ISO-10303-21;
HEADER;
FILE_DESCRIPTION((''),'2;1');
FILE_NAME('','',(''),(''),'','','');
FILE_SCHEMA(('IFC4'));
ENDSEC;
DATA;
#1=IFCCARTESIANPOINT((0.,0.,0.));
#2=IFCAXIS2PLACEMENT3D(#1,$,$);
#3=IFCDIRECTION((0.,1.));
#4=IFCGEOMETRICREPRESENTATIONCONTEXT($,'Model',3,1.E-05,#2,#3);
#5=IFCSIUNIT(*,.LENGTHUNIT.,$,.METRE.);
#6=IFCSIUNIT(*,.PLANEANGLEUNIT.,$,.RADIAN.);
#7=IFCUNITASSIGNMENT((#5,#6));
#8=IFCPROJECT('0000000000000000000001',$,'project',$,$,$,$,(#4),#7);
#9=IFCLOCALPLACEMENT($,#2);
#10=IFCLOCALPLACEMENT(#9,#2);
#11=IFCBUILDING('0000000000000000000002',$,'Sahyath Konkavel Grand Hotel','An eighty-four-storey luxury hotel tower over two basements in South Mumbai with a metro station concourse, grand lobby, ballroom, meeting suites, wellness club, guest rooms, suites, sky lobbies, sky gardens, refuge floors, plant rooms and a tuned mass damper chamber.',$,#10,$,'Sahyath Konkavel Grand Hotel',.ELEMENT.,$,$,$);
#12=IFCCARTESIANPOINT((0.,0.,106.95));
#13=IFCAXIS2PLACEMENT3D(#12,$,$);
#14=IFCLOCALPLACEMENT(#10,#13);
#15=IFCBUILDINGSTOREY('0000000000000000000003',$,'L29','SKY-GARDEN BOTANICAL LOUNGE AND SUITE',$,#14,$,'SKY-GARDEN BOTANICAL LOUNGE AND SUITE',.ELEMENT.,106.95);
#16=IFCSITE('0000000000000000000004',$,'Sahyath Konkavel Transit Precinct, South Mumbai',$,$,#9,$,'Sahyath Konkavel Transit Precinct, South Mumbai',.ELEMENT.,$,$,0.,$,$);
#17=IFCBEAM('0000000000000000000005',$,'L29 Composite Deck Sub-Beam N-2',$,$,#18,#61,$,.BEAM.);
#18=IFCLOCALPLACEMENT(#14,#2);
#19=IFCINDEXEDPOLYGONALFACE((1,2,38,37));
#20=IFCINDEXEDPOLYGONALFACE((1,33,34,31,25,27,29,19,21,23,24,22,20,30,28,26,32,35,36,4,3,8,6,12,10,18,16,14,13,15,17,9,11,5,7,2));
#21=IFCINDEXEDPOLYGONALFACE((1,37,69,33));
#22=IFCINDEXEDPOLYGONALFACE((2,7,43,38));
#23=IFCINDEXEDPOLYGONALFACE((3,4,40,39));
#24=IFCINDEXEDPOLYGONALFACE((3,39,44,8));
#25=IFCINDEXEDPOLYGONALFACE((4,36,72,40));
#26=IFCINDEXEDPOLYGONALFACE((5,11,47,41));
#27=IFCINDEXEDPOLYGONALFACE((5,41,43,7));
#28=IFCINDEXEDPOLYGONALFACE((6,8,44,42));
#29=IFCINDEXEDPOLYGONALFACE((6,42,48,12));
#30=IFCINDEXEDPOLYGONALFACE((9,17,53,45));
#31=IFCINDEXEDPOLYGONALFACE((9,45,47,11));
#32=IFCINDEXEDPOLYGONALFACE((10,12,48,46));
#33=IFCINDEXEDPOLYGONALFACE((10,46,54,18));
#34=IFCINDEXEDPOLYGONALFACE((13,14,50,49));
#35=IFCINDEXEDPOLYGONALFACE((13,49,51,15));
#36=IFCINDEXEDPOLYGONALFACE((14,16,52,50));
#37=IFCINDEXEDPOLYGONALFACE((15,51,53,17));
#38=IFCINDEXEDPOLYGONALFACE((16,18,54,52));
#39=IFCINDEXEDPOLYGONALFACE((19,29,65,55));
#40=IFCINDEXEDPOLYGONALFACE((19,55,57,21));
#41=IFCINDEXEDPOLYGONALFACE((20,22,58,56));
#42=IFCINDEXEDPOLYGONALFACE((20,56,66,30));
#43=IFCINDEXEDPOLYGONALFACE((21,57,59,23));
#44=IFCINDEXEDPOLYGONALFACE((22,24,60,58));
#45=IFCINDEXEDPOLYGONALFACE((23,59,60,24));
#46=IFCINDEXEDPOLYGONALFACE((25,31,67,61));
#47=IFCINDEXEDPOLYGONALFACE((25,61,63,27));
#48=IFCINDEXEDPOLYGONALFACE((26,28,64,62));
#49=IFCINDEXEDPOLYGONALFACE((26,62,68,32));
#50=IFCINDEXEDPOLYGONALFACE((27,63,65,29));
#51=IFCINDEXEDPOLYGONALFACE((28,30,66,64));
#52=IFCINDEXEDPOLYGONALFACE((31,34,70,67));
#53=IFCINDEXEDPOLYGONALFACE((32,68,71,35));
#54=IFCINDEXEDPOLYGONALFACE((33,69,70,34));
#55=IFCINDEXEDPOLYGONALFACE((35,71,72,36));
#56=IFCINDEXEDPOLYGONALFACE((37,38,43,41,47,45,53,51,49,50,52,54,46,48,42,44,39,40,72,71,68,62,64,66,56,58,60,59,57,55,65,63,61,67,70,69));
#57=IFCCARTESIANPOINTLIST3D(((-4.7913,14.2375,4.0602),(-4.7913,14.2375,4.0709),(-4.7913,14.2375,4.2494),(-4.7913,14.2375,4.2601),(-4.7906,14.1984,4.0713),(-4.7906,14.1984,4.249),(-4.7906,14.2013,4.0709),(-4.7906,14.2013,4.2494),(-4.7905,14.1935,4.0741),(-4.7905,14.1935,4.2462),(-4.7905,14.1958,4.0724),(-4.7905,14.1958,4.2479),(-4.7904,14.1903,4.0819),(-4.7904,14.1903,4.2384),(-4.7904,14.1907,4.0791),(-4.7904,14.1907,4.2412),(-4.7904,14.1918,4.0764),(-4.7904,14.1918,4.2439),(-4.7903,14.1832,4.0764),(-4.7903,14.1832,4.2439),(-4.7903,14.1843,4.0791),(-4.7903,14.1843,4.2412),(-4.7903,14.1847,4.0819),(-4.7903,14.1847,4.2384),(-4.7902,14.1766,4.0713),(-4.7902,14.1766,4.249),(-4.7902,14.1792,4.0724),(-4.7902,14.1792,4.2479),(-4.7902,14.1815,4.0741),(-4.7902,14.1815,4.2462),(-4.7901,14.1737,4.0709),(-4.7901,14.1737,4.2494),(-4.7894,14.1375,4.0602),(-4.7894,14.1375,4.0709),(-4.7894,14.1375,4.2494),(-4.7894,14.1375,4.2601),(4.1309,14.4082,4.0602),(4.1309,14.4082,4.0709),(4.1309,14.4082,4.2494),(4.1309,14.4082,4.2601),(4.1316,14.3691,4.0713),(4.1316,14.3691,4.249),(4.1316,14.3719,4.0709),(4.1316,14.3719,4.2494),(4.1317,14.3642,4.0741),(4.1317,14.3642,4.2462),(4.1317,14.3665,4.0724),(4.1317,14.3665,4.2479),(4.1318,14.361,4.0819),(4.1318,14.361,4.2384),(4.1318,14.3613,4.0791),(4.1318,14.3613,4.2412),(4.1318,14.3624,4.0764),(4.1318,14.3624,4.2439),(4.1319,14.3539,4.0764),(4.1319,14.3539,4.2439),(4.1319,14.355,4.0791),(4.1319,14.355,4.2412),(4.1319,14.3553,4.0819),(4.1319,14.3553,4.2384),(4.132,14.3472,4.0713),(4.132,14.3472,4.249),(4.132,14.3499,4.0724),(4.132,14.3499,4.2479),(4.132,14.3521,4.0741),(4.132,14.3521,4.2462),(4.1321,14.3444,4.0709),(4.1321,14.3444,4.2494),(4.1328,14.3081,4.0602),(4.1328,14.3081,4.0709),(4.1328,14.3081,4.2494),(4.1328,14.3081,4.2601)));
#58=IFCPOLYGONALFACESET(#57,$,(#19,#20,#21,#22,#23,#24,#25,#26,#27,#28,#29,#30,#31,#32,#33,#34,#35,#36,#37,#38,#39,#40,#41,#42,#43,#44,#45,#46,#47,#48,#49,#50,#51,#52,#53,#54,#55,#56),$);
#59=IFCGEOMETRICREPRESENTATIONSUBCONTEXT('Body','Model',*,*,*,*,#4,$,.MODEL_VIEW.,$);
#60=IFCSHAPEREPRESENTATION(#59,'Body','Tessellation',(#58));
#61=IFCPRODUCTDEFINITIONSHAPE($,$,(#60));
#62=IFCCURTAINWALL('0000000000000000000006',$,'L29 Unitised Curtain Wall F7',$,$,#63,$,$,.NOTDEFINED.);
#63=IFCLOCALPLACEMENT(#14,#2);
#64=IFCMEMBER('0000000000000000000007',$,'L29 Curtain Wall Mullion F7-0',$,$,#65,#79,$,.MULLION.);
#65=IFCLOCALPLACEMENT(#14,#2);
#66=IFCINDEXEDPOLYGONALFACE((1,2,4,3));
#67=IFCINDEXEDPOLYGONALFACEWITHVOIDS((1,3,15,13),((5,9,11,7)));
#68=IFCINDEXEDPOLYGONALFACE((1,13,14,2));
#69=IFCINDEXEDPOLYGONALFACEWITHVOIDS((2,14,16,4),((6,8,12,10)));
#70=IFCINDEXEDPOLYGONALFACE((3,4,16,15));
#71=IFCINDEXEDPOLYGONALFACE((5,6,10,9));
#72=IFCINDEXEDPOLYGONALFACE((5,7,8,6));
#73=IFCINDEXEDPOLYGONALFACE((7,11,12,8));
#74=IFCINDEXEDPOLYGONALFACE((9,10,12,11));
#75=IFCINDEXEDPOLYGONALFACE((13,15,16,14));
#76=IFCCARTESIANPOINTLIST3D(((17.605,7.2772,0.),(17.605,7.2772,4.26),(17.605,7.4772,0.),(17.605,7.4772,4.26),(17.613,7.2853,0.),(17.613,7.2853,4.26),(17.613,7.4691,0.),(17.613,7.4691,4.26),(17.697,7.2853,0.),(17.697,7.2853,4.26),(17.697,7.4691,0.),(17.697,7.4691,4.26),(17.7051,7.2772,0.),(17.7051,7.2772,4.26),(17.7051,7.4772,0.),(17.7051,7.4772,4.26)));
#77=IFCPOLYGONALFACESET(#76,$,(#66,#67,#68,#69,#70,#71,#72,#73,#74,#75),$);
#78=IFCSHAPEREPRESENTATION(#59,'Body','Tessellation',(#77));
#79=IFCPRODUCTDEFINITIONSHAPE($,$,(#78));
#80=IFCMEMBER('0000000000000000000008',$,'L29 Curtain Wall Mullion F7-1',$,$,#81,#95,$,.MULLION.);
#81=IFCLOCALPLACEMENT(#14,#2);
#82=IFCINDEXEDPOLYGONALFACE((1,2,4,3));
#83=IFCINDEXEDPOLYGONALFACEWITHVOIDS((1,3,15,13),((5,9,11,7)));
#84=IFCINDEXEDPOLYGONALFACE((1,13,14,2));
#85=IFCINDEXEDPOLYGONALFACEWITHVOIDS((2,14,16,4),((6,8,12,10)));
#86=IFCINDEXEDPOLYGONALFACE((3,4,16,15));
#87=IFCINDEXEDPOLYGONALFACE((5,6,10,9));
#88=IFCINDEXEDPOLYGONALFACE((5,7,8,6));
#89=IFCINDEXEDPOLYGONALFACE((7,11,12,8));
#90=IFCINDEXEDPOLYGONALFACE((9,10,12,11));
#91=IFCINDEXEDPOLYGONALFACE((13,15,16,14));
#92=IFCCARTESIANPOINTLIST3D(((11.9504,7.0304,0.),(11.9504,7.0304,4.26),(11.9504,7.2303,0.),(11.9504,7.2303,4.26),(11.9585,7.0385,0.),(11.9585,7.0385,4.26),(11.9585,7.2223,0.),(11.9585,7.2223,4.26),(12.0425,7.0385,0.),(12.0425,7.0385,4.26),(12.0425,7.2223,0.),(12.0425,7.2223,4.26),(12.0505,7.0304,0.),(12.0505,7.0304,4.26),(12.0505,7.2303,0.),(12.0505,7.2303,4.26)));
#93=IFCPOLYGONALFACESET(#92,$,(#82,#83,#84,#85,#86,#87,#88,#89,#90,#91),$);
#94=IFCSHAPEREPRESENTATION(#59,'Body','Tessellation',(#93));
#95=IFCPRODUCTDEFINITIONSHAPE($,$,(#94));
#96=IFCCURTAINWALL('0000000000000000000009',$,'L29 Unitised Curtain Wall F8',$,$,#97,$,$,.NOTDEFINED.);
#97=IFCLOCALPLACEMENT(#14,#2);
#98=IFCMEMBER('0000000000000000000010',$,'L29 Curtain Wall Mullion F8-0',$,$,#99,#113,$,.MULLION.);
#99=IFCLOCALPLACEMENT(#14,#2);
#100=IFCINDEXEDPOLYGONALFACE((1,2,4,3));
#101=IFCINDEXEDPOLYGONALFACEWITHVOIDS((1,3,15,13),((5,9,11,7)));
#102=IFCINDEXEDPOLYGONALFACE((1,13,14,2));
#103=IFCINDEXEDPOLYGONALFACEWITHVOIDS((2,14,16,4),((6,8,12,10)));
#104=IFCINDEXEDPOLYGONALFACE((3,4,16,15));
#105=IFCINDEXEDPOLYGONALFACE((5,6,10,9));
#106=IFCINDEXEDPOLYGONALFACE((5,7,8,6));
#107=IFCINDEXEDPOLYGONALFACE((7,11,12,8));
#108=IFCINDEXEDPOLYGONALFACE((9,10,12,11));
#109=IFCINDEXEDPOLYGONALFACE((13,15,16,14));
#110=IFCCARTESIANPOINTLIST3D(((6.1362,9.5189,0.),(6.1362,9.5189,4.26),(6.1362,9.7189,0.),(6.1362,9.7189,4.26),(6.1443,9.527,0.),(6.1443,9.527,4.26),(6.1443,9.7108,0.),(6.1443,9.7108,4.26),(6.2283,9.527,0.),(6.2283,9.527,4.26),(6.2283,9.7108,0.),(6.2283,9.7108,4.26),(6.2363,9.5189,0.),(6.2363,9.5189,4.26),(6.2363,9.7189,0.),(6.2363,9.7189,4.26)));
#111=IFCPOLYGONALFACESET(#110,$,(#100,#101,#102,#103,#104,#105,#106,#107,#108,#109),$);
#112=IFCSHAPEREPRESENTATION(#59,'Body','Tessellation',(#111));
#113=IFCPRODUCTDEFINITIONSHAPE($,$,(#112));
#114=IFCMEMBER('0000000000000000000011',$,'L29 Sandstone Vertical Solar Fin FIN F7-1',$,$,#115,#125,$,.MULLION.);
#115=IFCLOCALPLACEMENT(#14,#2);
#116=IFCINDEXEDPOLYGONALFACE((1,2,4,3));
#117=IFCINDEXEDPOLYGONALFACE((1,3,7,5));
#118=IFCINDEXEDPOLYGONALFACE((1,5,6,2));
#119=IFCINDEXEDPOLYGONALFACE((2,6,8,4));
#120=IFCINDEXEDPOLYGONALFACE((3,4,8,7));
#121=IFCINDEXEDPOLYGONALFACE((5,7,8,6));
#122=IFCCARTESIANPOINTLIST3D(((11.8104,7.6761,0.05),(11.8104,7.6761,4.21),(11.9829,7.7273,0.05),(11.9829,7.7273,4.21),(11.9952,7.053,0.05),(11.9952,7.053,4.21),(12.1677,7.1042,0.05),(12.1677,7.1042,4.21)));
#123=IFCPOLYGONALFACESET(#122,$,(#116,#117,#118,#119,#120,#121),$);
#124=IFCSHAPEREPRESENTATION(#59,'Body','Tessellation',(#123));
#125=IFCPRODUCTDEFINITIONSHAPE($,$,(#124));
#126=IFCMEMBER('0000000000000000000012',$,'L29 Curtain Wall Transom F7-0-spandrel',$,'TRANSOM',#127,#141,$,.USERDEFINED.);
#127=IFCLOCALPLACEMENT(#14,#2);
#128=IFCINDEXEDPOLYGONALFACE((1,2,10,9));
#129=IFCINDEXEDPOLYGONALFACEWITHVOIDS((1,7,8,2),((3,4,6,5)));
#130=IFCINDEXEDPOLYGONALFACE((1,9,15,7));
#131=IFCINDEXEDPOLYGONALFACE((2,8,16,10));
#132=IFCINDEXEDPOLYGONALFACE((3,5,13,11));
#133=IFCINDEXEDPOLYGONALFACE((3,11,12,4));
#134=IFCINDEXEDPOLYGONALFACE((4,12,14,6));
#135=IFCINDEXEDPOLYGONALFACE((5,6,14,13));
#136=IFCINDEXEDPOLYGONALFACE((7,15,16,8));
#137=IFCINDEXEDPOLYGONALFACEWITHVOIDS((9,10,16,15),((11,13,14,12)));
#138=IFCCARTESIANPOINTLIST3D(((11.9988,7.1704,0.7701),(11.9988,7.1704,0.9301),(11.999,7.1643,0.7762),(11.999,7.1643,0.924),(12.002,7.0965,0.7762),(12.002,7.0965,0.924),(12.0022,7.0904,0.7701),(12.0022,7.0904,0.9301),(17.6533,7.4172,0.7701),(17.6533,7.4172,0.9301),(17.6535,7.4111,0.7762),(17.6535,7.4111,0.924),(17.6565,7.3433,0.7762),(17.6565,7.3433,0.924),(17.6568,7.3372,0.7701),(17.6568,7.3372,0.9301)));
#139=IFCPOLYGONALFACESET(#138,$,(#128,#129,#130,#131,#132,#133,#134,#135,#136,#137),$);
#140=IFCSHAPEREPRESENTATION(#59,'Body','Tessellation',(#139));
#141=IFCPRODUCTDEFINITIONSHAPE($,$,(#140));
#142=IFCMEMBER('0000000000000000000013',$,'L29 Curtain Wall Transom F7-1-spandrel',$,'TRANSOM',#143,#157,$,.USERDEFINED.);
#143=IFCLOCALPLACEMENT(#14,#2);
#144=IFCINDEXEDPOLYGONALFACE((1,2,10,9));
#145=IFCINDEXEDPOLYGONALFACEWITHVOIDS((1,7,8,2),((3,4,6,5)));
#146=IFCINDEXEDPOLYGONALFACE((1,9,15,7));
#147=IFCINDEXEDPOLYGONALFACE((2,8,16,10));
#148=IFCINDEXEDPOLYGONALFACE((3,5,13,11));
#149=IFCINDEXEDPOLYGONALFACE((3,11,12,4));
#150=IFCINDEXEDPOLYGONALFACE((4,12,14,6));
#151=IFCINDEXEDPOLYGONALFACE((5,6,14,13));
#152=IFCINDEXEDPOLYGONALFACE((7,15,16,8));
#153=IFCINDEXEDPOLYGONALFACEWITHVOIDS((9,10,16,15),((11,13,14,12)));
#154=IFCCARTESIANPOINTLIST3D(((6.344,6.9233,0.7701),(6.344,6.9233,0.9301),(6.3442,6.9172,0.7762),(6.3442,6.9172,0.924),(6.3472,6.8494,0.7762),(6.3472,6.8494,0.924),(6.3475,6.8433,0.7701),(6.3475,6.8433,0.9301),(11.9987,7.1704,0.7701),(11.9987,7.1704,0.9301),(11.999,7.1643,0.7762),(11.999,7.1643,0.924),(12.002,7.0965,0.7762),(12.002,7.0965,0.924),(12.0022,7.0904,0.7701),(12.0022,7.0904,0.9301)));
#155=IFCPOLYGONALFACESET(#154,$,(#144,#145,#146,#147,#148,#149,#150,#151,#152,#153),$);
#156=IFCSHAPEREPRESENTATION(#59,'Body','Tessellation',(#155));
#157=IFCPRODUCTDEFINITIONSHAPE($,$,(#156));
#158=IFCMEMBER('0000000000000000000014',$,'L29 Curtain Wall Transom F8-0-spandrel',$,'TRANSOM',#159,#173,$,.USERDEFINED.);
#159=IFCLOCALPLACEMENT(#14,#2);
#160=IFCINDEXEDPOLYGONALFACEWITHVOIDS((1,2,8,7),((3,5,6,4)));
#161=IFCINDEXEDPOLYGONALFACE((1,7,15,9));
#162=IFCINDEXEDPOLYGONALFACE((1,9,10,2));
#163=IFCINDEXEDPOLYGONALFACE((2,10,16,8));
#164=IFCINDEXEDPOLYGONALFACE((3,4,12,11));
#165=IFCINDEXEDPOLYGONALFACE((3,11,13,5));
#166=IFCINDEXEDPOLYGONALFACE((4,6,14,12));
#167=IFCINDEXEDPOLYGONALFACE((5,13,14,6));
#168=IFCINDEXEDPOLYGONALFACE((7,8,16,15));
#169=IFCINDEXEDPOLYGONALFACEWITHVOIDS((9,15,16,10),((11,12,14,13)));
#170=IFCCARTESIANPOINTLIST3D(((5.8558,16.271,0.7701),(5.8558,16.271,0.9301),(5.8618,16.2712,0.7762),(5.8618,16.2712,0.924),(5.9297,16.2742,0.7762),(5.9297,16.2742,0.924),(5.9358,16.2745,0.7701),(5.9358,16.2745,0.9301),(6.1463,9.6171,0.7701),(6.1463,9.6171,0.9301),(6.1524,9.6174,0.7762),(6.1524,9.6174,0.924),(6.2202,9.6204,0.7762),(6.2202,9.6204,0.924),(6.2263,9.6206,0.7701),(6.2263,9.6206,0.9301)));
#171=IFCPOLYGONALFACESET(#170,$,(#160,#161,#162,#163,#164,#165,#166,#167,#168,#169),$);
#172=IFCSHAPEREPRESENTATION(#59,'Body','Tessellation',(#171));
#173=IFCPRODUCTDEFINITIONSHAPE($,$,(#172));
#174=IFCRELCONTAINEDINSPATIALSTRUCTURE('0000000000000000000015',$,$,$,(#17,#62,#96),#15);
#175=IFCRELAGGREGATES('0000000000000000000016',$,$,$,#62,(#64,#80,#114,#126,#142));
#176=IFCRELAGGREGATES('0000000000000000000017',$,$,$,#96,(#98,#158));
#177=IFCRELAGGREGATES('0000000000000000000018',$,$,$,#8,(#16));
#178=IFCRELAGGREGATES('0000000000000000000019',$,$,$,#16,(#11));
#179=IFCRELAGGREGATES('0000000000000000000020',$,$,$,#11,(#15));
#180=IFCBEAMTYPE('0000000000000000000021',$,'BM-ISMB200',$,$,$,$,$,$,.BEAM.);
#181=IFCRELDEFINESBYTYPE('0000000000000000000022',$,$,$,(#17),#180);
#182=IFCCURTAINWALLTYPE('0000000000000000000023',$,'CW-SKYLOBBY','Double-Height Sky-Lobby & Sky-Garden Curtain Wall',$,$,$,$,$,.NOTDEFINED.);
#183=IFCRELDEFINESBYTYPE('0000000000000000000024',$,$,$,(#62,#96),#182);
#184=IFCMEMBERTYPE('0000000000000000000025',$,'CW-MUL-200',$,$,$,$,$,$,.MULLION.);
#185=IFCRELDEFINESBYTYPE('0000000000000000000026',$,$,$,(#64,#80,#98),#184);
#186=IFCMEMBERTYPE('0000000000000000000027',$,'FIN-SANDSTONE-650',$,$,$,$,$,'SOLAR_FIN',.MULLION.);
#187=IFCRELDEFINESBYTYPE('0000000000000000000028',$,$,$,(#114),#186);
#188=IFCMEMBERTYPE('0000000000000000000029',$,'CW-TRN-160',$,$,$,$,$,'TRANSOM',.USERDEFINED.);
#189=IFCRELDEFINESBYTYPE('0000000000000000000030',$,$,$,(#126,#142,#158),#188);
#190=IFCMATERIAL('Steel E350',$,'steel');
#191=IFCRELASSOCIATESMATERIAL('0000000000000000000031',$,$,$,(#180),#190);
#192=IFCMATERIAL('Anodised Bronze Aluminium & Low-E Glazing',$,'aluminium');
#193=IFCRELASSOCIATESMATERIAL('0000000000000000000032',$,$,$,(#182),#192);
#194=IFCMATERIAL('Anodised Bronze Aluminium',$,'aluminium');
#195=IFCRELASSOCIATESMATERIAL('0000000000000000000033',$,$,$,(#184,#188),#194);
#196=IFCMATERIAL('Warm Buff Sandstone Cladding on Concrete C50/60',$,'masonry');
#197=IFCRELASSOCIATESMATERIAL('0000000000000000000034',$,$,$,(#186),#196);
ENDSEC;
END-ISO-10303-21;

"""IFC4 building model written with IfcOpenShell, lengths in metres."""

from ifc_helpers import new_model, si_unit, direction, frame, origin, origin_2d, place, context, subcontext, project, spatial, rectangle, hollow_rectangle, i_section, extrude, source, transform, mapped, material, material_profile, profile_set, type_object, element, aggregate, save


model = new_model("IFC4")

# Units and contexts
model_context = context("Model", 3, precision=1e-05, world=origin(), true_north=direction((0.0, 1.0)))
body_context = subcontext(model_context, "Body", "Model", "MODEL_VIEW")
ifc_project = project(units=[si_unit("LENGTHUNIT", "METRE"), si_unit("PLANEANGLEUNIT", "RADIAN")], contexts=[model_context])

# Site, building, storey
site_placement = place(None, origin())
site = spatial("IfcSite", under=ifc_project, at=site_placement, Name="Sahyath Konkavel Transit Precinct, South Mumbai", LongName="Sahyath Konkavel Transit Precinct, South Mumbai", CompositionType="ELEMENT", RefElevation=0.0)
building_placement = place(site_placement, origin())
building = spatial("IfcBuilding", under=site, at=building_placement, Name="Sahyath Konkavel Grand Hotel", Description="An eighty-four-storey luxury hotel tower over two basements in South Mumbai with a metro station concourse, grand lobby, ballroom, meeting suites, wellness club, guest rooms, suites, sky lobbies, sky gardens, refuge floors, plant rooms and a tuned mass damper chamber.", LongName="Sahyath Konkavel Grand Hotel", CompositionType="ELEMENT")
storey_placement = place(building_placement, frame((0.0, 0.0, 106.95)))
storey = spatial("IfcBuildingStorey", under=building, at=storey_placement, Name="L29", Description="SKY-GARDEN BOTANICAL LOUNGE AND SUITE", LongName="SKY-GARDEN BOTANICAL LOUNGE AND SUITE", CompositionType="ELEMENT", Elevation=106.95)

# Beam
ifc_material_1 = material(Name="Steel E350", Category="steel")
ifc_material_profile_1 = material_profile(ifc_material_1, i_section(OverallWidth=0.1001, OverallDepth=0.2, WebThickness=0.0056, FlangeThickness=0.0107, FilletRadius=0.011, at=origin_2d()), Name="ISMB 200")
ifc_profile_set_1 = profile_set([ifc_material_profile_1], Name="Steel E350")
beam_type_1 = type_object("IfcBeamType", Name="BM-ISMB200", PredefinedType="BEAM", material=ifc_profile_set_1)
shared_shape_1 = source(origin(), body_context, "Body", "SweptSolid", [
    extrude(i_section(OverallWidth=0.1001, OverallDepth=0.2, WebThickness=0.0056, FlangeThickness=0.0107, FilletRadius=0.011, at=origin_2d()), origin(), (0.0, 0.0, 1.0), 8.9238),
])
beam_1_placement = place(storey_placement, frame((4.1318, 14.3582, 4.1602), z_axis=(-0.999817, -0.019124, 0.0), x_axis=(0.019124, -0.999817, 0.0)))
element("IfcBeam", 1, at=beam_1_placement, inside=storey, type_object=beam_type_1, Name="L29 Composite Deck Sub-Beam N-2", PredefinedType="BEAM", context=body_context, shape_type="MappedRepresentation", body=[
    mapped(shared_shape_1, transform((0.0, 0.0, 0.0), scale=1.0)),
])

# Curtain wall, members
ifc_material_2 = material(Name="Anodised Bronze Aluminium & Low-E Glazing", Category="aluminium")
curtain_wall_type = type_object("IfcCurtainWallType", Name="CW-SKYLOBBY", Description="Double-Height Sky-Lobby & Sky-Garden Curtain Wall", PredefinedType="NOTDEFINED", material=ifc_material_2)
curtain_wall_1_placement = place(storey_placement, origin())
curtain_wall_1 = element("IfcCurtainWall", 2, at=curtain_wall_1_placement, inside=storey, type_object=curtain_wall_type, Name="L29 Unitised Curtain Wall F7", PredefinedType="NOTDEFINED")
ifc_material_3 = material(Name="Anodised Bronze Aluminium", Category="aluminium")
ifc_material_profile_2 = material_profile(ifc_material_3, hollow_rectangle(XDim=0.1001, YDim=0.2, WallThickness=0.0081, at=origin_2d()), Name="RHS 200x100x8")
ifc_profile_set_2 = profile_set([ifc_material_profile_2], Name="Anodised Bronze Aluminium")
member_type_1 = type_object("IfcMemberType", Name="CW-MUL-200", PredefinedType="MULLION", material=ifc_profile_set_2)
shared_shape_2 = source(origin(), body_context, "Body", "SweptSolid", [
    extrude(hollow_rectangle(XDim=0.1001, YDim=0.2, WallThickness=0.0081, at=origin_2d()), origin(), (0.0, 0.0, 1.0), 4.26),
])
member_1_placement = place(storey_placement, frame((17.655, 7.3772, 0.0), z_axis=(0.0, 0.0, 1.0), x_axis=(1.0, 0.0, 0.0)))
member_1 = element("IfcMember", 3, at=member_1_placement, type_object=member_type_1, Name="L29 Curtain Wall Mullion F7-0", PredefinedType="MULLION", context=body_context, shape_type="MappedRepresentation", body=[
    mapped(shared_shape_2, transform((0.0, 0.0, 0.0), scale=1.0)),
])
member_2_placement = place(storey_placement, frame((12.0005, 7.1304, 0.0), z_axis=(0.0, 0.0, 1.0), x_axis=(1.0, 0.0, 0.0)))
member_2 = element("IfcMember", 4, at=member_2_placement, type_object=member_type_1, Name="L29 Curtain Wall Mullion F7-1", PredefinedType="MULLION", context=body_context, shape_type="MappedRepresentation", body=[
    mapped(shared_shape_2, transform((0.0, 0.0, 0.0), scale=1.0)),
])

# Curtain wall, member
curtain_wall_2_placement = place(storey_placement, origin())
curtain_wall_2 = element("IfcCurtainWall", 5, at=curtain_wall_2_placement, inside=storey, type_object=curtain_wall_type, Name="L29 Unitised Curtain Wall F8", PredefinedType="NOTDEFINED")
member_3_placement = place(storey_placement, frame((6.1863, 9.6189, 0.0), z_axis=(0.0, 0.0, 1.0), x_axis=(1.0, 0.0, 0.0)))
member_3 = element("IfcMember", 6, at=member_3_placement, type_object=member_type_1, Name="L29 Curtain Wall Mullion F8-0", PredefinedType="MULLION", context=body_context, shape_type="MappedRepresentation", body=[
    mapped(shared_shape_2, transform((0.0, 0.0, 0.0), scale=1.0)),
])

# Members
ifc_material_4 = material(Name="Warm Buff Sandstone Cladding on Concrete C50/60", Category="masonry")
ifc_material_profile_3 = material_profile(ifc_material_4, rectangle(XDim=0.1799, YDim=0.6499, at=origin_2d()), Name="FIN 180x650")
ifc_profile_set_3 = profile_set([ifc_material_profile_3], Name="Warm Buff Sandstone Cladding on Concrete C50/60")
member_type_2 = type_object("IfcMemberType", Name="FIN-SANDSTONE-650", ElementType="SOLAR_FIN", PredefinedType="MULLION", material=ifc_profile_set_3)
shared_shape_3 = source(origin(), body_context, "Body", "SweptSolid", [
    extrude(rectangle(XDim=0.1799, YDim=0.6499, at=origin_2d()), origin(), (0.0, 0.0, 1.0), 4.1599),
])
member_4_placement = place(storey_placement, frame((11.989, 7.3901, 0.05), z_axis=(0.0, 0.0, 1.0), x_axis=(0.958721, 0.28435, 0.0)))
member_4 = element("IfcMember", 7, at=member_4_placement, type_object=member_type_2, Name="L29 Sandstone Vertical Solar Fin FIN F7-1", PredefinedType="MULLION", context=body_context, shape_type="MappedRepresentation", body=[
    mapped(shared_shape_3, transform((0.0, 0.0, 0.0), scale=1.0)),
])
ifc_material_profile_4 = material_profile(ifc_material_3, hollow_rectangle(XDim=0.0801, YDim=0.1599, WallThickness=0.0061, at=origin_2d()), Name="RHS 160x80x6")
ifc_profile_set_4 = profile_set([ifc_material_profile_4], Name="Anodised Bronze Aluminium")
member_type_3 = type_object("IfcMemberType", Name="CW-TRN-160", ElementType="TRANSOM", PredefinedType="USERDEFINED", material=ifc_profile_set_4)
shared_shape_4 = source(origin(), body_context, "Body", "SweptSolid", [
    extrude(hollow_rectangle(XDim=0.0801, YDim=0.1599, WallThickness=0.0061, at=origin_2d()), origin(), (0.0, 0.0, 1.0), 5.6599),
])
member_5_placement = place(storey_placement, frame((17.655, 7.3772, 0.8501), z_axis=(-0.999049, -0.043609, 0.0), x_axis=(0.043609, -0.999049, 0.0)))
member_5 = element("IfcMember", 8, at=member_5_placement, type_object=member_type_3, Name="L29 Curtain Wall Transom F7-0-spandrel", ObjectType="TRANSOM", PredefinedType="USERDEFINED", context=body_context, shape_type="MappedRepresentation", body=[
    mapped(shared_shape_4, transform((0.0, 0.0, 0.0), scale=1.0)),
])
shared_shape_5 = source(origin(), body_context, "Body", "SweptSolid", [
    extrude(hollow_rectangle(XDim=0.0801, YDim=0.1599, WallThickness=0.0061, at=origin_2d()), origin(), (0.0, 0.0, 1.0), 5.6602),
])
member_6_placement = place(storey_placement, frame((12.0005, 7.1304, 0.8501), z_axis=(-0.999047, -0.043651, 0.0), x_axis=(0.043651, -0.999047, 0.0)))
member_6 = element("IfcMember", 9, at=member_6_placement, type_object=member_type_3, Name="L29 Curtain Wall Transom F7-1-spandrel", ObjectType="TRANSOM", PredefinedType="USERDEFINED", context=body_context, shape_type="MappedRepresentation", body=[
    mapped(shared_shape_5, transform((0.0, 0.0, 0.0), scale=1.0)),
])
shared_shape_6 = source(origin(), body_context, "Body", "SweptSolid", [
    extrude(hollow_rectangle(XDim=0.0801, YDim=0.1599, WallThickness=0.0061, at=origin_2d()), origin(), (0.0, 0.0, 1.0), 6.6602),
])
member_7_placement = place(storey_placement, frame((6.1863, 9.6189, 0.8501), z_axis=(-0.043622, 0.999048, 0.0), x_axis=(-0.999048, -0.043622, 0.0)))
member_7 = element("IfcMember", 10, at=member_7_placement, type_object=member_type_3, Name="L29 Curtain Wall Transom F8-0-spandrel", ObjectType="TRANSOM", PredefinedType="USERDEFINED", context=body_context, shape_type="MappedRepresentation", body=[
    mapped(shared_shape_6, transform((0.0, 0.0, 0.0), scale=1.0)),
])

aggregate(curtain_wall_1, [member_1, member_2, member_4, member_5, member_6])
aggregate(curtain_wall_2, [member_3, member_7])

save(model, "model.ifc")
